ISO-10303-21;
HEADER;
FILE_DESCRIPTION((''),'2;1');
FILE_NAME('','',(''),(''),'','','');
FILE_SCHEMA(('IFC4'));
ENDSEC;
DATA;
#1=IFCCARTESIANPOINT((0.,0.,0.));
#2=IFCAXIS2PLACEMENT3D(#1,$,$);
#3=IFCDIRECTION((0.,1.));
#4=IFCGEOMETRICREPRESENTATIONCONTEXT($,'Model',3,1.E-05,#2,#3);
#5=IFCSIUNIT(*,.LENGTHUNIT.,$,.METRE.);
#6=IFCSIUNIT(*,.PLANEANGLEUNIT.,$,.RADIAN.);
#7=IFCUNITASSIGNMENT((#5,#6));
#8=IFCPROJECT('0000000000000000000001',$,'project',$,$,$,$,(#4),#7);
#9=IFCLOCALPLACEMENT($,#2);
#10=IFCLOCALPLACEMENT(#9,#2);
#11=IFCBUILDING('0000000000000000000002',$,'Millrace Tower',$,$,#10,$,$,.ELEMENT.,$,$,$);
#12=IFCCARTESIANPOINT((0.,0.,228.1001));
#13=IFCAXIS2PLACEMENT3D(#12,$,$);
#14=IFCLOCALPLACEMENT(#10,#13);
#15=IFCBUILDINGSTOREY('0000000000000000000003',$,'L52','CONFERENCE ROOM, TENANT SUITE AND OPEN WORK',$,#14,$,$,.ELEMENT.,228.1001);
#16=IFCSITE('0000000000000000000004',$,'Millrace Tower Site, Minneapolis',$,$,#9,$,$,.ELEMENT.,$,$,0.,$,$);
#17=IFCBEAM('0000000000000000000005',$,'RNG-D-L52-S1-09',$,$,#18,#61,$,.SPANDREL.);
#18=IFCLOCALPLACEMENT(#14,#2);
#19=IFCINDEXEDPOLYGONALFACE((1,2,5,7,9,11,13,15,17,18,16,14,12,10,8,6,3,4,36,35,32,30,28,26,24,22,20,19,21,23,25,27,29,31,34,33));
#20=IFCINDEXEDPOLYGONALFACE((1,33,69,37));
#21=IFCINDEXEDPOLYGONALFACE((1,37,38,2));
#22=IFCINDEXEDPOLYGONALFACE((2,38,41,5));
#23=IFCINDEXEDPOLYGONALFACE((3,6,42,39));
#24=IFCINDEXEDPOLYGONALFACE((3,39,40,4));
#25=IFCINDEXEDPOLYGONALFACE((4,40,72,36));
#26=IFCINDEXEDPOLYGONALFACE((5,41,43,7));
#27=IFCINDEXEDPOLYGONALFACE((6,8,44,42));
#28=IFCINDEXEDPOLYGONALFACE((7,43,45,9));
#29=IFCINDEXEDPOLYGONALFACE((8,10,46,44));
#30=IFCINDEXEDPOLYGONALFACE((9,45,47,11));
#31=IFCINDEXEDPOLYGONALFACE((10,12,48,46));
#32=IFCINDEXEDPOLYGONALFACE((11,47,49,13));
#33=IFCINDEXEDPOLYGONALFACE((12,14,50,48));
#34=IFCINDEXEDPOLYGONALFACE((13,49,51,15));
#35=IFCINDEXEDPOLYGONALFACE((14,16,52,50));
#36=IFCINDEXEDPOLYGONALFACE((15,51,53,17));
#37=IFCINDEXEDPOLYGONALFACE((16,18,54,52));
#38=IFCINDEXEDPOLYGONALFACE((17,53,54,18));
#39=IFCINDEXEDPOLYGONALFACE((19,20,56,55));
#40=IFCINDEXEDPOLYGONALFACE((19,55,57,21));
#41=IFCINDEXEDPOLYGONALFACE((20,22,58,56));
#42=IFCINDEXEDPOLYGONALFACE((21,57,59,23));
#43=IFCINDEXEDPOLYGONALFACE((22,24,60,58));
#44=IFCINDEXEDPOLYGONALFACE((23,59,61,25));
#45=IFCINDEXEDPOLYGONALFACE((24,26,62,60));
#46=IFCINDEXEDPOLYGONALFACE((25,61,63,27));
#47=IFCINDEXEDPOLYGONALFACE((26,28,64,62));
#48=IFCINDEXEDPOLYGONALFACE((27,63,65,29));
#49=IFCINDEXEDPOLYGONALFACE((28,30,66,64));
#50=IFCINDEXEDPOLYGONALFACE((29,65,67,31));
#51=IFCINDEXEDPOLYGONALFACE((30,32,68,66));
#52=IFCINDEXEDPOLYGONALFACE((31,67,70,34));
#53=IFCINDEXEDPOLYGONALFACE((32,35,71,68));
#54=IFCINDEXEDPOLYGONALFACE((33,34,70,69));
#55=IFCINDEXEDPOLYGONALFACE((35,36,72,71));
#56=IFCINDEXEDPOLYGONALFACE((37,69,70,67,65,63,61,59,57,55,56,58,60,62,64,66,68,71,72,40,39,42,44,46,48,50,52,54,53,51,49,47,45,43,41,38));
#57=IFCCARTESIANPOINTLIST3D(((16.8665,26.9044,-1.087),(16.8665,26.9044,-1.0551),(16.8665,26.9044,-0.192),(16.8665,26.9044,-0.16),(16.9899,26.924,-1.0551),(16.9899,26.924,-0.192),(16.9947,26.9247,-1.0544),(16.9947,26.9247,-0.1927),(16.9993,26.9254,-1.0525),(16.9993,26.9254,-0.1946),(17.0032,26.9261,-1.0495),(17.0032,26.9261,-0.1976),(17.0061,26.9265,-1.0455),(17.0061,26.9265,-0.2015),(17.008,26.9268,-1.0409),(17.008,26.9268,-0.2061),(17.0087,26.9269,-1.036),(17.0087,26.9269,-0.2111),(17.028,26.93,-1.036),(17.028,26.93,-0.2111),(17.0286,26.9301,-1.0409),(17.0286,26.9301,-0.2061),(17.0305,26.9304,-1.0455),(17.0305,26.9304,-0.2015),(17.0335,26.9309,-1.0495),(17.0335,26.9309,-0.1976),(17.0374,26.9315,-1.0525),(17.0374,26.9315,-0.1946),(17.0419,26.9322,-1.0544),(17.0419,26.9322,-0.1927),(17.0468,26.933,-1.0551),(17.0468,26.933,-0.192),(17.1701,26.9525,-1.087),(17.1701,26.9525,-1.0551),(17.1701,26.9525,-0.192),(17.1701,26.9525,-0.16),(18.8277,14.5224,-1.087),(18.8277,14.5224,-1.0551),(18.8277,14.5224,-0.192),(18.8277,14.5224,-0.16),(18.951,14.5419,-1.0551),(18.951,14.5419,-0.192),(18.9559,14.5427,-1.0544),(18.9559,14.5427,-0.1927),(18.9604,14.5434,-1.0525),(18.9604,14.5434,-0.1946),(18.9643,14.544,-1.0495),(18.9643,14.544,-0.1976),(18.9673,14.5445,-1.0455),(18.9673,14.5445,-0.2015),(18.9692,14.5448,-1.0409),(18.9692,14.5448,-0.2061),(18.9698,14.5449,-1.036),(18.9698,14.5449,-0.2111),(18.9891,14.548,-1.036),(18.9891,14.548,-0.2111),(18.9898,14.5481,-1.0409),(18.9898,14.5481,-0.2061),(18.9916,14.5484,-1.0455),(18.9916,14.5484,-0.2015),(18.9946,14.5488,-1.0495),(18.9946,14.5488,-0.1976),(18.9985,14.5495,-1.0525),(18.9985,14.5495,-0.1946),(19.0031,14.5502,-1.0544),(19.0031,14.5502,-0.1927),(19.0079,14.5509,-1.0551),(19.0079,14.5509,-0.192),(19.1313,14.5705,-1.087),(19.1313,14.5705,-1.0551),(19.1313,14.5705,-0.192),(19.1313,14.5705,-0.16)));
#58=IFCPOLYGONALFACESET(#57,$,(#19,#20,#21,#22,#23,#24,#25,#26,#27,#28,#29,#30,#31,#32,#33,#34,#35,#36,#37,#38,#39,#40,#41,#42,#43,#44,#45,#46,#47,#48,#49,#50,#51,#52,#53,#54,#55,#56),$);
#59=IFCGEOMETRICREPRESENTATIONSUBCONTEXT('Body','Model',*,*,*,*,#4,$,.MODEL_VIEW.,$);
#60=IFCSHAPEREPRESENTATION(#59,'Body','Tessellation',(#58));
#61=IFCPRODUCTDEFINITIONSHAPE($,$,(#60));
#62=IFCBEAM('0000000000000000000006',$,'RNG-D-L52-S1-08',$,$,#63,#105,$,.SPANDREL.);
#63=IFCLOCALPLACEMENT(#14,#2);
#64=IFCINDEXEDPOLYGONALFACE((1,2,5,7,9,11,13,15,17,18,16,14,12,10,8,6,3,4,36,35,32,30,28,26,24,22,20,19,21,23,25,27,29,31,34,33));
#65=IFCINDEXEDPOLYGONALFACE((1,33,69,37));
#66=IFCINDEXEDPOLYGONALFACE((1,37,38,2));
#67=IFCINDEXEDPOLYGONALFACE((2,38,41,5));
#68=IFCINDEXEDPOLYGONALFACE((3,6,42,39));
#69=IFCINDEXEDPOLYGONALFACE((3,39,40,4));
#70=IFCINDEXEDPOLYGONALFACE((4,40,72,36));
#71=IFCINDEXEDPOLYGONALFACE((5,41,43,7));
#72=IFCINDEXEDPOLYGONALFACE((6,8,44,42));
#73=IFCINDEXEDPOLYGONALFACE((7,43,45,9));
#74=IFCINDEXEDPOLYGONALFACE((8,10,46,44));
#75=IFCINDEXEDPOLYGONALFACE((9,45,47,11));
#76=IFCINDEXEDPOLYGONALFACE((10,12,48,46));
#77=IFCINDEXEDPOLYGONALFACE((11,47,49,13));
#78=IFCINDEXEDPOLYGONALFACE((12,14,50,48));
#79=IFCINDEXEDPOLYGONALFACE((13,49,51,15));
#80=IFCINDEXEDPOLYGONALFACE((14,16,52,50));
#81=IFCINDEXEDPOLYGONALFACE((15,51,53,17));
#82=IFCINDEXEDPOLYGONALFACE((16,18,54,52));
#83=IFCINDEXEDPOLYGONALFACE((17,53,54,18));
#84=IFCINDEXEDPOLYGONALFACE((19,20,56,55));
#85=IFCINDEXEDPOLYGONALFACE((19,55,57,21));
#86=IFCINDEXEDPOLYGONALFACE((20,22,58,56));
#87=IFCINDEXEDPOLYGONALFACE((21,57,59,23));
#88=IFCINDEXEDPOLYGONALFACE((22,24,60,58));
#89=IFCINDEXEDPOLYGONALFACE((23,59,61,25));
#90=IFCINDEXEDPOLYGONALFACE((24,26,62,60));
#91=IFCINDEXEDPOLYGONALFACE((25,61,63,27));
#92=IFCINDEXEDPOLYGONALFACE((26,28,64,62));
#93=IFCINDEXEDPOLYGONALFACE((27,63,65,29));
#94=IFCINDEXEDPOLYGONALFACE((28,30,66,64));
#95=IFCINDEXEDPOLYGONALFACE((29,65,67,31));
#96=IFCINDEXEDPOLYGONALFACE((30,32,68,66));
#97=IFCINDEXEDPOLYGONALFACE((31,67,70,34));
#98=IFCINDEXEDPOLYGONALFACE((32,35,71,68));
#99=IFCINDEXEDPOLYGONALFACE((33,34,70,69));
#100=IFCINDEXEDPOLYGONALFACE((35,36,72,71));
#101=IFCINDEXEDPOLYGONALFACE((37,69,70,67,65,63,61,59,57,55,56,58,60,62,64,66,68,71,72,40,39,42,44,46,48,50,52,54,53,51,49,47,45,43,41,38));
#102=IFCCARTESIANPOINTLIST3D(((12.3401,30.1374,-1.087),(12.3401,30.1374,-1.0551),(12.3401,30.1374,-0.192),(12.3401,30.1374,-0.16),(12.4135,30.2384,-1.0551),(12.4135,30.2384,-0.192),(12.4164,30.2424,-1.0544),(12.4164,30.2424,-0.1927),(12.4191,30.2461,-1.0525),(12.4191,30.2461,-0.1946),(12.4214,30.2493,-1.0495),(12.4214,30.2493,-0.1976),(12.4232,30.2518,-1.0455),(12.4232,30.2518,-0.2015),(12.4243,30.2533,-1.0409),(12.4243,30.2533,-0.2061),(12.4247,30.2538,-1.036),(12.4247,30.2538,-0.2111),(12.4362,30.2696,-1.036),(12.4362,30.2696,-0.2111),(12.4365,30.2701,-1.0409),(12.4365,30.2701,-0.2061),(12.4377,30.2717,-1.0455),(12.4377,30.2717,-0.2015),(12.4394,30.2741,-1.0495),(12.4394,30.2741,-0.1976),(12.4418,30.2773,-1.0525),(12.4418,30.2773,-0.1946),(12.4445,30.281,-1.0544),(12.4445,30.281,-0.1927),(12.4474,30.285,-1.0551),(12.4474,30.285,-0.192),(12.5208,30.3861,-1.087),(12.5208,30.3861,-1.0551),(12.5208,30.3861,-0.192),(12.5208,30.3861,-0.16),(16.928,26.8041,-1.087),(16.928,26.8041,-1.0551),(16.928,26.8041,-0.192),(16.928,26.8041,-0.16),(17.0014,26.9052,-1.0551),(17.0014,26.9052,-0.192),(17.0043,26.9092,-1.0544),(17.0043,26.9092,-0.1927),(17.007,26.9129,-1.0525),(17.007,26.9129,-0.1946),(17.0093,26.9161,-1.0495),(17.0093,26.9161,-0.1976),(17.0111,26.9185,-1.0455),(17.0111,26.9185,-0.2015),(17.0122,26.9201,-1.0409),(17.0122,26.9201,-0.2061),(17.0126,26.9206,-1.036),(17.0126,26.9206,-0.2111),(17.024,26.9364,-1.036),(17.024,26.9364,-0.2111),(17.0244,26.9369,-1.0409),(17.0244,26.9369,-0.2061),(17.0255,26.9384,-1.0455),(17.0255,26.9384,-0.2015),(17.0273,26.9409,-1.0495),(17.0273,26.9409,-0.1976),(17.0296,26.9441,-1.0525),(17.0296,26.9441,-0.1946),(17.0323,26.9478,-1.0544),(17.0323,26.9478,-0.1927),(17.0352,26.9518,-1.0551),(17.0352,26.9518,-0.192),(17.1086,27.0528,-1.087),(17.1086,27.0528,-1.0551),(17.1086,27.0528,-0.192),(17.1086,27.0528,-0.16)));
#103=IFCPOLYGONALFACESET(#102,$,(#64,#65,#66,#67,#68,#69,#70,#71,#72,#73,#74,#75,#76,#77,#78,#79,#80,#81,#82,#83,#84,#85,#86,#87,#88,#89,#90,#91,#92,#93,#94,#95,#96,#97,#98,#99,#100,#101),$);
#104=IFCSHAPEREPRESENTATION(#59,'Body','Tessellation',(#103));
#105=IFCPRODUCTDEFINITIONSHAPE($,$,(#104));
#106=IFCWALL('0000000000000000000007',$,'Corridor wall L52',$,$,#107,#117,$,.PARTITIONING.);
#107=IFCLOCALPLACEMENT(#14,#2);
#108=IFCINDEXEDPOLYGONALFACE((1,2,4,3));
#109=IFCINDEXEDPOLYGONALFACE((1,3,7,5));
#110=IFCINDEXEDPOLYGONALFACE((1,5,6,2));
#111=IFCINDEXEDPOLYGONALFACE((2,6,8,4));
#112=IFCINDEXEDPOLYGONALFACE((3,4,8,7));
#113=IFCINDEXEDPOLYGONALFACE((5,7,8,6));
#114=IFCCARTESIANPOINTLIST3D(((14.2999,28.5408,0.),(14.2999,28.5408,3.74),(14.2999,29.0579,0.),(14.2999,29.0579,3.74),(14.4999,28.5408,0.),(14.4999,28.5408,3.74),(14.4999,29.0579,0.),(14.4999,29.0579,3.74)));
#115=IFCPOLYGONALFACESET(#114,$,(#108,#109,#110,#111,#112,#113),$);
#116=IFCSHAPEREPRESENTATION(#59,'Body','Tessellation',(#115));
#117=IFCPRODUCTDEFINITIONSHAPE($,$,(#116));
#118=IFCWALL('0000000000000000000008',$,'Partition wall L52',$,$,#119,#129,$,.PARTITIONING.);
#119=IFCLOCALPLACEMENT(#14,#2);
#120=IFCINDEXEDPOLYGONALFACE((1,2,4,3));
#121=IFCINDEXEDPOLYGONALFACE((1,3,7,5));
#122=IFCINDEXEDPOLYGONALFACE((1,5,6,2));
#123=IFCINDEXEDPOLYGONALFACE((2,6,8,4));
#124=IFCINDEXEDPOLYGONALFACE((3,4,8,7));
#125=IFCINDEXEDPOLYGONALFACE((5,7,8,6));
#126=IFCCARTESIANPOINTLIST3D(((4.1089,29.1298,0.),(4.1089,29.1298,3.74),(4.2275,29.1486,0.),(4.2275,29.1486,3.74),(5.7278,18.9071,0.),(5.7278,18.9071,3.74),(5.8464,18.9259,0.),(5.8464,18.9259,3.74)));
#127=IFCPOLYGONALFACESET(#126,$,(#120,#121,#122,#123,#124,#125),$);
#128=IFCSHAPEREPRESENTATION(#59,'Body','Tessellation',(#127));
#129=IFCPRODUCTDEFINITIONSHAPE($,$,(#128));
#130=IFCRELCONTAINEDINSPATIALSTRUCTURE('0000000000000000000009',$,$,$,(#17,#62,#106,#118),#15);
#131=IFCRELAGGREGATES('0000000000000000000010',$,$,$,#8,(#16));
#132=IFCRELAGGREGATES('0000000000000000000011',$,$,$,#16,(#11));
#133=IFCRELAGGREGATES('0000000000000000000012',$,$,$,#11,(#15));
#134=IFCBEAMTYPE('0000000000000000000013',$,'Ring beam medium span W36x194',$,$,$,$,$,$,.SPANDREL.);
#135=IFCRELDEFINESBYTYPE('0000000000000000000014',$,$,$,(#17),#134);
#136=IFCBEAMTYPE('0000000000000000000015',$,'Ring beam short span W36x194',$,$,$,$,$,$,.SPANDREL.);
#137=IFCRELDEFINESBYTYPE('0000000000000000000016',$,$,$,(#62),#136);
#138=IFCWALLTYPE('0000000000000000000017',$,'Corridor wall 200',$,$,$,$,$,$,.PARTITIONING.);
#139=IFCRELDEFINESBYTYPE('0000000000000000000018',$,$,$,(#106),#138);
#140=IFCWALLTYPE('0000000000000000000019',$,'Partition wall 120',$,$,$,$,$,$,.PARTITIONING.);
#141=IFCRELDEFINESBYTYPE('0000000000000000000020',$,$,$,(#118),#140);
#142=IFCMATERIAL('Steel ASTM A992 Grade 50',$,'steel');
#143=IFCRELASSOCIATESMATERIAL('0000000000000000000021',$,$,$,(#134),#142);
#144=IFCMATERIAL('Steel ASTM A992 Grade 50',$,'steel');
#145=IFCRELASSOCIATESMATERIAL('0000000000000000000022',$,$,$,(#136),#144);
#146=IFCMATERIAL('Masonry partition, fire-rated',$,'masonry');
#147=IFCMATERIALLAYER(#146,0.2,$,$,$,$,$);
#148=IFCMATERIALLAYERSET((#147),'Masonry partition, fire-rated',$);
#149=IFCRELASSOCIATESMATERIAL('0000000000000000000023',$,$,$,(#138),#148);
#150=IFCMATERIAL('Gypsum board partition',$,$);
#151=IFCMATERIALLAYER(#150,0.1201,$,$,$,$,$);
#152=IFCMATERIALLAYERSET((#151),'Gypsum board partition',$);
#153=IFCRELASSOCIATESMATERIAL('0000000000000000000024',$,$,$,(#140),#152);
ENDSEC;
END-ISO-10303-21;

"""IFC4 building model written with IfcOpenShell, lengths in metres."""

from ifc_helpers import new_model, si_unit, direction, frame, frame_2d, origin, origin_2d, place, context, subcontext, project, spatial, rectangle, i_section, extrude, material, layer, layer_set, material_profile, profile_set, type_object, element, save


model = new_model("IFC4")

# Units and contexts
model_context = context("Model", 3, precision=1e-05, world=origin(), true_north=direction((0.0, 1.0)))
body_context = subcontext(model_context, "Body", "Model", "MODEL_VIEW")
ifc_project = project(units=[si_unit("LENGTHUNIT", "METRE"), si_unit("PLANEANGLEUNIT", "RADIAN")], contexts=[model_context])

# Site, building, storey
site_placement = place(None, origin())
site = spatial("IfcSite", under=ifc_project, at=site_placement, Name="Millrace Tower Site, Minneapolis", CompositionType="ELEMENT", RefElevation=0.0)
building_placement = place(site_placement, origin())
building = spatial("IfcBuilding", under=site, at=building_placement, Name="Millrace Tower", CompositionType="ELEMENT")
storey_placement = place(building_placement, frame((0.0, 0.0, 228.1001)))
storey = spatial("IfcBuildingStorey", under=building, at=storey_placement, Name="L52", Description="CONFERENCE ROOM, TENANT SUITE AND OPEN WORK", CompositionType="ELEMENT", Elevation=228.1001)

# Beams
ifc_material_1 = material(Name="Steel ASTM A992 Grade 50", Category="steel")
ifc_material_profile_1 = material_profile(ifc_material_1, i_section(OverallWidth=0.3074, OverallDepth=0.927, WebThickness=0.0195, FlangeThickness=0.032, FilletRadius=0.019, at=origin_2d()))
ifc_profile_set_1 = profile_set([ifc_material_profile_1], Name="Steel ASTM A992 Grade 50")
beam_type_1 = type_object("IfcBeamType", Name="Ring beam medium span W36x194", PredefinedType="SPANDREL", material=ifc_profile_set_1)
beam_1_placement = place(storey_placement, frame((17.0183, 26.9285, -0.6235), z_axis=(0.156439, -0.987688, 0.0), x_axis=(0.987688, 0.156439, 0.0)))
element("IfcBeam", 1, at=beam_1_placement, inside=storey, type_object=beam_type_1, Name="RNG-D-L52-S1-09", PredefinedType="SPANDREL", context=body_context, shape_type="SweptSolid", body=[
    extrude(i_section(OverallWidth=0.3074, OverallDepth=0.927, WebThickness=0.0195, FlangeThickness=0.032, FilletRadius=0.019, at=origin_2d()), origin(), (0.0, 0.0, 1.0), 12.5364),
])
ifc_material_2 = material(Name="Steel ASTM A992 Grade 50", Category="steel")
ifc_material_profile_2 = material_profile(ifc_material_2, i_section(OverallWidth=0.3074, OverallDepth=0.927, WebThickness=0.0195, FlangeThickness=0.032, FilletRadius=0.019, at=origin_2d()))
ifc_profile_set_2 = profile_set([ifc_material_profile_2], Name="Steel ASTM A992 Grade 50")
beam_type_2 = type_object("IfcBeamType", Name="Ring beam short span W36x194", PredefinedType="SPANDREL", material=ifc_profile_set_2)
beam_2_placement = place(storey_placement, frame((12.4304, 30.2617, -0.6235), z_axis=(0.809021, -0.58778, 0.0), x_axis=(0.58778, 0.809021, 0.0)))
element("IfcBeam", 2, at=beam_2_placement, inside=storey, type_object=beam_type_2, Name="RNG-D-L52-S1-08", PredefinedType="SPANDREL", context=body_context, shape_type="SweptSolid", body=[
    extrude(i_section(OverallWidth=0.3074, OverallDepth=0.927, WebThickness=0.0195, FlangeThickness=0.032, FilletRadius=0.019, at=origin_2d()), origin(), (0.0, 0.0, 1.0), 5.6709),
])

# Walls
ifc_material_3 = material(Name="Masonry partition, fire-rated", Category="masonry")
ifc_layer_1 = layer(ifc_material_3, 0.2)
ifc_layer_set_1 = layer_set([ifc_layer_1], Name="Masonry partition, fire-rated")
wall_type_1 = type_object("IfcWallType", Name="Corridor wall 200", PredefinedType="PARTITIONING", material=ifc_layer_set_1)
wall_1_placement = place(storey_placement, frame((14.3999, 28.5408, 0.0), z_axis=(0.0, 0.0, 1.0), x_axis=(0.0, 1.0, 0.0)))
element("IfcWall", 3, at=wall_1_placement, inside=storey, type_object=wall_type_1, Name="Corridor wall L52", PredefinedType="PARTITIONING", context=body_context, shape_type="SweptSolid", body=[
    extrude(rectangle(XDim=0.5171, YDim=0.2, at=frame_2d((0.2585, 0.0))), origin(), (0.0, 0.0, 1.0), 3.74),
])
ifc_material_4 = material(Name="Gypsum board partition")
ifc_layer_2 = layer(ifc_material_4, 0.1201)
ifc_layer_set_2 = layer_set([ifc_layer_2], Name="Gypsum board partition")
wall_type_2 = type_object("IfcWallType", Name="Partition wall 120", PredefinedType="PARTITIONING", material=ifc_layer_set_2)
wall_2_placement = place(storey_placement, frame((4.1682, 29.1392, 0.0), z_axis=(0.0, 0.0, 1.0), x_axis=(0.156414, -0.987692, 0.0)))
element("IfcWall", 4, at=wall_2_placement, inside=storey, type_object=wall_type_2, Name="Partition wall L52", PredefinedType="PARTITIONING", context=body_context, shape_type="SweptSolid", body=[
    extrude(rectangle(XDim=10.3501, YDim=0.1201, at=frame_2d((5.175, 0.0))), origin(), (0.0, 0.0, 1.0), 3.74),
])

save(model, "model.ifc")
